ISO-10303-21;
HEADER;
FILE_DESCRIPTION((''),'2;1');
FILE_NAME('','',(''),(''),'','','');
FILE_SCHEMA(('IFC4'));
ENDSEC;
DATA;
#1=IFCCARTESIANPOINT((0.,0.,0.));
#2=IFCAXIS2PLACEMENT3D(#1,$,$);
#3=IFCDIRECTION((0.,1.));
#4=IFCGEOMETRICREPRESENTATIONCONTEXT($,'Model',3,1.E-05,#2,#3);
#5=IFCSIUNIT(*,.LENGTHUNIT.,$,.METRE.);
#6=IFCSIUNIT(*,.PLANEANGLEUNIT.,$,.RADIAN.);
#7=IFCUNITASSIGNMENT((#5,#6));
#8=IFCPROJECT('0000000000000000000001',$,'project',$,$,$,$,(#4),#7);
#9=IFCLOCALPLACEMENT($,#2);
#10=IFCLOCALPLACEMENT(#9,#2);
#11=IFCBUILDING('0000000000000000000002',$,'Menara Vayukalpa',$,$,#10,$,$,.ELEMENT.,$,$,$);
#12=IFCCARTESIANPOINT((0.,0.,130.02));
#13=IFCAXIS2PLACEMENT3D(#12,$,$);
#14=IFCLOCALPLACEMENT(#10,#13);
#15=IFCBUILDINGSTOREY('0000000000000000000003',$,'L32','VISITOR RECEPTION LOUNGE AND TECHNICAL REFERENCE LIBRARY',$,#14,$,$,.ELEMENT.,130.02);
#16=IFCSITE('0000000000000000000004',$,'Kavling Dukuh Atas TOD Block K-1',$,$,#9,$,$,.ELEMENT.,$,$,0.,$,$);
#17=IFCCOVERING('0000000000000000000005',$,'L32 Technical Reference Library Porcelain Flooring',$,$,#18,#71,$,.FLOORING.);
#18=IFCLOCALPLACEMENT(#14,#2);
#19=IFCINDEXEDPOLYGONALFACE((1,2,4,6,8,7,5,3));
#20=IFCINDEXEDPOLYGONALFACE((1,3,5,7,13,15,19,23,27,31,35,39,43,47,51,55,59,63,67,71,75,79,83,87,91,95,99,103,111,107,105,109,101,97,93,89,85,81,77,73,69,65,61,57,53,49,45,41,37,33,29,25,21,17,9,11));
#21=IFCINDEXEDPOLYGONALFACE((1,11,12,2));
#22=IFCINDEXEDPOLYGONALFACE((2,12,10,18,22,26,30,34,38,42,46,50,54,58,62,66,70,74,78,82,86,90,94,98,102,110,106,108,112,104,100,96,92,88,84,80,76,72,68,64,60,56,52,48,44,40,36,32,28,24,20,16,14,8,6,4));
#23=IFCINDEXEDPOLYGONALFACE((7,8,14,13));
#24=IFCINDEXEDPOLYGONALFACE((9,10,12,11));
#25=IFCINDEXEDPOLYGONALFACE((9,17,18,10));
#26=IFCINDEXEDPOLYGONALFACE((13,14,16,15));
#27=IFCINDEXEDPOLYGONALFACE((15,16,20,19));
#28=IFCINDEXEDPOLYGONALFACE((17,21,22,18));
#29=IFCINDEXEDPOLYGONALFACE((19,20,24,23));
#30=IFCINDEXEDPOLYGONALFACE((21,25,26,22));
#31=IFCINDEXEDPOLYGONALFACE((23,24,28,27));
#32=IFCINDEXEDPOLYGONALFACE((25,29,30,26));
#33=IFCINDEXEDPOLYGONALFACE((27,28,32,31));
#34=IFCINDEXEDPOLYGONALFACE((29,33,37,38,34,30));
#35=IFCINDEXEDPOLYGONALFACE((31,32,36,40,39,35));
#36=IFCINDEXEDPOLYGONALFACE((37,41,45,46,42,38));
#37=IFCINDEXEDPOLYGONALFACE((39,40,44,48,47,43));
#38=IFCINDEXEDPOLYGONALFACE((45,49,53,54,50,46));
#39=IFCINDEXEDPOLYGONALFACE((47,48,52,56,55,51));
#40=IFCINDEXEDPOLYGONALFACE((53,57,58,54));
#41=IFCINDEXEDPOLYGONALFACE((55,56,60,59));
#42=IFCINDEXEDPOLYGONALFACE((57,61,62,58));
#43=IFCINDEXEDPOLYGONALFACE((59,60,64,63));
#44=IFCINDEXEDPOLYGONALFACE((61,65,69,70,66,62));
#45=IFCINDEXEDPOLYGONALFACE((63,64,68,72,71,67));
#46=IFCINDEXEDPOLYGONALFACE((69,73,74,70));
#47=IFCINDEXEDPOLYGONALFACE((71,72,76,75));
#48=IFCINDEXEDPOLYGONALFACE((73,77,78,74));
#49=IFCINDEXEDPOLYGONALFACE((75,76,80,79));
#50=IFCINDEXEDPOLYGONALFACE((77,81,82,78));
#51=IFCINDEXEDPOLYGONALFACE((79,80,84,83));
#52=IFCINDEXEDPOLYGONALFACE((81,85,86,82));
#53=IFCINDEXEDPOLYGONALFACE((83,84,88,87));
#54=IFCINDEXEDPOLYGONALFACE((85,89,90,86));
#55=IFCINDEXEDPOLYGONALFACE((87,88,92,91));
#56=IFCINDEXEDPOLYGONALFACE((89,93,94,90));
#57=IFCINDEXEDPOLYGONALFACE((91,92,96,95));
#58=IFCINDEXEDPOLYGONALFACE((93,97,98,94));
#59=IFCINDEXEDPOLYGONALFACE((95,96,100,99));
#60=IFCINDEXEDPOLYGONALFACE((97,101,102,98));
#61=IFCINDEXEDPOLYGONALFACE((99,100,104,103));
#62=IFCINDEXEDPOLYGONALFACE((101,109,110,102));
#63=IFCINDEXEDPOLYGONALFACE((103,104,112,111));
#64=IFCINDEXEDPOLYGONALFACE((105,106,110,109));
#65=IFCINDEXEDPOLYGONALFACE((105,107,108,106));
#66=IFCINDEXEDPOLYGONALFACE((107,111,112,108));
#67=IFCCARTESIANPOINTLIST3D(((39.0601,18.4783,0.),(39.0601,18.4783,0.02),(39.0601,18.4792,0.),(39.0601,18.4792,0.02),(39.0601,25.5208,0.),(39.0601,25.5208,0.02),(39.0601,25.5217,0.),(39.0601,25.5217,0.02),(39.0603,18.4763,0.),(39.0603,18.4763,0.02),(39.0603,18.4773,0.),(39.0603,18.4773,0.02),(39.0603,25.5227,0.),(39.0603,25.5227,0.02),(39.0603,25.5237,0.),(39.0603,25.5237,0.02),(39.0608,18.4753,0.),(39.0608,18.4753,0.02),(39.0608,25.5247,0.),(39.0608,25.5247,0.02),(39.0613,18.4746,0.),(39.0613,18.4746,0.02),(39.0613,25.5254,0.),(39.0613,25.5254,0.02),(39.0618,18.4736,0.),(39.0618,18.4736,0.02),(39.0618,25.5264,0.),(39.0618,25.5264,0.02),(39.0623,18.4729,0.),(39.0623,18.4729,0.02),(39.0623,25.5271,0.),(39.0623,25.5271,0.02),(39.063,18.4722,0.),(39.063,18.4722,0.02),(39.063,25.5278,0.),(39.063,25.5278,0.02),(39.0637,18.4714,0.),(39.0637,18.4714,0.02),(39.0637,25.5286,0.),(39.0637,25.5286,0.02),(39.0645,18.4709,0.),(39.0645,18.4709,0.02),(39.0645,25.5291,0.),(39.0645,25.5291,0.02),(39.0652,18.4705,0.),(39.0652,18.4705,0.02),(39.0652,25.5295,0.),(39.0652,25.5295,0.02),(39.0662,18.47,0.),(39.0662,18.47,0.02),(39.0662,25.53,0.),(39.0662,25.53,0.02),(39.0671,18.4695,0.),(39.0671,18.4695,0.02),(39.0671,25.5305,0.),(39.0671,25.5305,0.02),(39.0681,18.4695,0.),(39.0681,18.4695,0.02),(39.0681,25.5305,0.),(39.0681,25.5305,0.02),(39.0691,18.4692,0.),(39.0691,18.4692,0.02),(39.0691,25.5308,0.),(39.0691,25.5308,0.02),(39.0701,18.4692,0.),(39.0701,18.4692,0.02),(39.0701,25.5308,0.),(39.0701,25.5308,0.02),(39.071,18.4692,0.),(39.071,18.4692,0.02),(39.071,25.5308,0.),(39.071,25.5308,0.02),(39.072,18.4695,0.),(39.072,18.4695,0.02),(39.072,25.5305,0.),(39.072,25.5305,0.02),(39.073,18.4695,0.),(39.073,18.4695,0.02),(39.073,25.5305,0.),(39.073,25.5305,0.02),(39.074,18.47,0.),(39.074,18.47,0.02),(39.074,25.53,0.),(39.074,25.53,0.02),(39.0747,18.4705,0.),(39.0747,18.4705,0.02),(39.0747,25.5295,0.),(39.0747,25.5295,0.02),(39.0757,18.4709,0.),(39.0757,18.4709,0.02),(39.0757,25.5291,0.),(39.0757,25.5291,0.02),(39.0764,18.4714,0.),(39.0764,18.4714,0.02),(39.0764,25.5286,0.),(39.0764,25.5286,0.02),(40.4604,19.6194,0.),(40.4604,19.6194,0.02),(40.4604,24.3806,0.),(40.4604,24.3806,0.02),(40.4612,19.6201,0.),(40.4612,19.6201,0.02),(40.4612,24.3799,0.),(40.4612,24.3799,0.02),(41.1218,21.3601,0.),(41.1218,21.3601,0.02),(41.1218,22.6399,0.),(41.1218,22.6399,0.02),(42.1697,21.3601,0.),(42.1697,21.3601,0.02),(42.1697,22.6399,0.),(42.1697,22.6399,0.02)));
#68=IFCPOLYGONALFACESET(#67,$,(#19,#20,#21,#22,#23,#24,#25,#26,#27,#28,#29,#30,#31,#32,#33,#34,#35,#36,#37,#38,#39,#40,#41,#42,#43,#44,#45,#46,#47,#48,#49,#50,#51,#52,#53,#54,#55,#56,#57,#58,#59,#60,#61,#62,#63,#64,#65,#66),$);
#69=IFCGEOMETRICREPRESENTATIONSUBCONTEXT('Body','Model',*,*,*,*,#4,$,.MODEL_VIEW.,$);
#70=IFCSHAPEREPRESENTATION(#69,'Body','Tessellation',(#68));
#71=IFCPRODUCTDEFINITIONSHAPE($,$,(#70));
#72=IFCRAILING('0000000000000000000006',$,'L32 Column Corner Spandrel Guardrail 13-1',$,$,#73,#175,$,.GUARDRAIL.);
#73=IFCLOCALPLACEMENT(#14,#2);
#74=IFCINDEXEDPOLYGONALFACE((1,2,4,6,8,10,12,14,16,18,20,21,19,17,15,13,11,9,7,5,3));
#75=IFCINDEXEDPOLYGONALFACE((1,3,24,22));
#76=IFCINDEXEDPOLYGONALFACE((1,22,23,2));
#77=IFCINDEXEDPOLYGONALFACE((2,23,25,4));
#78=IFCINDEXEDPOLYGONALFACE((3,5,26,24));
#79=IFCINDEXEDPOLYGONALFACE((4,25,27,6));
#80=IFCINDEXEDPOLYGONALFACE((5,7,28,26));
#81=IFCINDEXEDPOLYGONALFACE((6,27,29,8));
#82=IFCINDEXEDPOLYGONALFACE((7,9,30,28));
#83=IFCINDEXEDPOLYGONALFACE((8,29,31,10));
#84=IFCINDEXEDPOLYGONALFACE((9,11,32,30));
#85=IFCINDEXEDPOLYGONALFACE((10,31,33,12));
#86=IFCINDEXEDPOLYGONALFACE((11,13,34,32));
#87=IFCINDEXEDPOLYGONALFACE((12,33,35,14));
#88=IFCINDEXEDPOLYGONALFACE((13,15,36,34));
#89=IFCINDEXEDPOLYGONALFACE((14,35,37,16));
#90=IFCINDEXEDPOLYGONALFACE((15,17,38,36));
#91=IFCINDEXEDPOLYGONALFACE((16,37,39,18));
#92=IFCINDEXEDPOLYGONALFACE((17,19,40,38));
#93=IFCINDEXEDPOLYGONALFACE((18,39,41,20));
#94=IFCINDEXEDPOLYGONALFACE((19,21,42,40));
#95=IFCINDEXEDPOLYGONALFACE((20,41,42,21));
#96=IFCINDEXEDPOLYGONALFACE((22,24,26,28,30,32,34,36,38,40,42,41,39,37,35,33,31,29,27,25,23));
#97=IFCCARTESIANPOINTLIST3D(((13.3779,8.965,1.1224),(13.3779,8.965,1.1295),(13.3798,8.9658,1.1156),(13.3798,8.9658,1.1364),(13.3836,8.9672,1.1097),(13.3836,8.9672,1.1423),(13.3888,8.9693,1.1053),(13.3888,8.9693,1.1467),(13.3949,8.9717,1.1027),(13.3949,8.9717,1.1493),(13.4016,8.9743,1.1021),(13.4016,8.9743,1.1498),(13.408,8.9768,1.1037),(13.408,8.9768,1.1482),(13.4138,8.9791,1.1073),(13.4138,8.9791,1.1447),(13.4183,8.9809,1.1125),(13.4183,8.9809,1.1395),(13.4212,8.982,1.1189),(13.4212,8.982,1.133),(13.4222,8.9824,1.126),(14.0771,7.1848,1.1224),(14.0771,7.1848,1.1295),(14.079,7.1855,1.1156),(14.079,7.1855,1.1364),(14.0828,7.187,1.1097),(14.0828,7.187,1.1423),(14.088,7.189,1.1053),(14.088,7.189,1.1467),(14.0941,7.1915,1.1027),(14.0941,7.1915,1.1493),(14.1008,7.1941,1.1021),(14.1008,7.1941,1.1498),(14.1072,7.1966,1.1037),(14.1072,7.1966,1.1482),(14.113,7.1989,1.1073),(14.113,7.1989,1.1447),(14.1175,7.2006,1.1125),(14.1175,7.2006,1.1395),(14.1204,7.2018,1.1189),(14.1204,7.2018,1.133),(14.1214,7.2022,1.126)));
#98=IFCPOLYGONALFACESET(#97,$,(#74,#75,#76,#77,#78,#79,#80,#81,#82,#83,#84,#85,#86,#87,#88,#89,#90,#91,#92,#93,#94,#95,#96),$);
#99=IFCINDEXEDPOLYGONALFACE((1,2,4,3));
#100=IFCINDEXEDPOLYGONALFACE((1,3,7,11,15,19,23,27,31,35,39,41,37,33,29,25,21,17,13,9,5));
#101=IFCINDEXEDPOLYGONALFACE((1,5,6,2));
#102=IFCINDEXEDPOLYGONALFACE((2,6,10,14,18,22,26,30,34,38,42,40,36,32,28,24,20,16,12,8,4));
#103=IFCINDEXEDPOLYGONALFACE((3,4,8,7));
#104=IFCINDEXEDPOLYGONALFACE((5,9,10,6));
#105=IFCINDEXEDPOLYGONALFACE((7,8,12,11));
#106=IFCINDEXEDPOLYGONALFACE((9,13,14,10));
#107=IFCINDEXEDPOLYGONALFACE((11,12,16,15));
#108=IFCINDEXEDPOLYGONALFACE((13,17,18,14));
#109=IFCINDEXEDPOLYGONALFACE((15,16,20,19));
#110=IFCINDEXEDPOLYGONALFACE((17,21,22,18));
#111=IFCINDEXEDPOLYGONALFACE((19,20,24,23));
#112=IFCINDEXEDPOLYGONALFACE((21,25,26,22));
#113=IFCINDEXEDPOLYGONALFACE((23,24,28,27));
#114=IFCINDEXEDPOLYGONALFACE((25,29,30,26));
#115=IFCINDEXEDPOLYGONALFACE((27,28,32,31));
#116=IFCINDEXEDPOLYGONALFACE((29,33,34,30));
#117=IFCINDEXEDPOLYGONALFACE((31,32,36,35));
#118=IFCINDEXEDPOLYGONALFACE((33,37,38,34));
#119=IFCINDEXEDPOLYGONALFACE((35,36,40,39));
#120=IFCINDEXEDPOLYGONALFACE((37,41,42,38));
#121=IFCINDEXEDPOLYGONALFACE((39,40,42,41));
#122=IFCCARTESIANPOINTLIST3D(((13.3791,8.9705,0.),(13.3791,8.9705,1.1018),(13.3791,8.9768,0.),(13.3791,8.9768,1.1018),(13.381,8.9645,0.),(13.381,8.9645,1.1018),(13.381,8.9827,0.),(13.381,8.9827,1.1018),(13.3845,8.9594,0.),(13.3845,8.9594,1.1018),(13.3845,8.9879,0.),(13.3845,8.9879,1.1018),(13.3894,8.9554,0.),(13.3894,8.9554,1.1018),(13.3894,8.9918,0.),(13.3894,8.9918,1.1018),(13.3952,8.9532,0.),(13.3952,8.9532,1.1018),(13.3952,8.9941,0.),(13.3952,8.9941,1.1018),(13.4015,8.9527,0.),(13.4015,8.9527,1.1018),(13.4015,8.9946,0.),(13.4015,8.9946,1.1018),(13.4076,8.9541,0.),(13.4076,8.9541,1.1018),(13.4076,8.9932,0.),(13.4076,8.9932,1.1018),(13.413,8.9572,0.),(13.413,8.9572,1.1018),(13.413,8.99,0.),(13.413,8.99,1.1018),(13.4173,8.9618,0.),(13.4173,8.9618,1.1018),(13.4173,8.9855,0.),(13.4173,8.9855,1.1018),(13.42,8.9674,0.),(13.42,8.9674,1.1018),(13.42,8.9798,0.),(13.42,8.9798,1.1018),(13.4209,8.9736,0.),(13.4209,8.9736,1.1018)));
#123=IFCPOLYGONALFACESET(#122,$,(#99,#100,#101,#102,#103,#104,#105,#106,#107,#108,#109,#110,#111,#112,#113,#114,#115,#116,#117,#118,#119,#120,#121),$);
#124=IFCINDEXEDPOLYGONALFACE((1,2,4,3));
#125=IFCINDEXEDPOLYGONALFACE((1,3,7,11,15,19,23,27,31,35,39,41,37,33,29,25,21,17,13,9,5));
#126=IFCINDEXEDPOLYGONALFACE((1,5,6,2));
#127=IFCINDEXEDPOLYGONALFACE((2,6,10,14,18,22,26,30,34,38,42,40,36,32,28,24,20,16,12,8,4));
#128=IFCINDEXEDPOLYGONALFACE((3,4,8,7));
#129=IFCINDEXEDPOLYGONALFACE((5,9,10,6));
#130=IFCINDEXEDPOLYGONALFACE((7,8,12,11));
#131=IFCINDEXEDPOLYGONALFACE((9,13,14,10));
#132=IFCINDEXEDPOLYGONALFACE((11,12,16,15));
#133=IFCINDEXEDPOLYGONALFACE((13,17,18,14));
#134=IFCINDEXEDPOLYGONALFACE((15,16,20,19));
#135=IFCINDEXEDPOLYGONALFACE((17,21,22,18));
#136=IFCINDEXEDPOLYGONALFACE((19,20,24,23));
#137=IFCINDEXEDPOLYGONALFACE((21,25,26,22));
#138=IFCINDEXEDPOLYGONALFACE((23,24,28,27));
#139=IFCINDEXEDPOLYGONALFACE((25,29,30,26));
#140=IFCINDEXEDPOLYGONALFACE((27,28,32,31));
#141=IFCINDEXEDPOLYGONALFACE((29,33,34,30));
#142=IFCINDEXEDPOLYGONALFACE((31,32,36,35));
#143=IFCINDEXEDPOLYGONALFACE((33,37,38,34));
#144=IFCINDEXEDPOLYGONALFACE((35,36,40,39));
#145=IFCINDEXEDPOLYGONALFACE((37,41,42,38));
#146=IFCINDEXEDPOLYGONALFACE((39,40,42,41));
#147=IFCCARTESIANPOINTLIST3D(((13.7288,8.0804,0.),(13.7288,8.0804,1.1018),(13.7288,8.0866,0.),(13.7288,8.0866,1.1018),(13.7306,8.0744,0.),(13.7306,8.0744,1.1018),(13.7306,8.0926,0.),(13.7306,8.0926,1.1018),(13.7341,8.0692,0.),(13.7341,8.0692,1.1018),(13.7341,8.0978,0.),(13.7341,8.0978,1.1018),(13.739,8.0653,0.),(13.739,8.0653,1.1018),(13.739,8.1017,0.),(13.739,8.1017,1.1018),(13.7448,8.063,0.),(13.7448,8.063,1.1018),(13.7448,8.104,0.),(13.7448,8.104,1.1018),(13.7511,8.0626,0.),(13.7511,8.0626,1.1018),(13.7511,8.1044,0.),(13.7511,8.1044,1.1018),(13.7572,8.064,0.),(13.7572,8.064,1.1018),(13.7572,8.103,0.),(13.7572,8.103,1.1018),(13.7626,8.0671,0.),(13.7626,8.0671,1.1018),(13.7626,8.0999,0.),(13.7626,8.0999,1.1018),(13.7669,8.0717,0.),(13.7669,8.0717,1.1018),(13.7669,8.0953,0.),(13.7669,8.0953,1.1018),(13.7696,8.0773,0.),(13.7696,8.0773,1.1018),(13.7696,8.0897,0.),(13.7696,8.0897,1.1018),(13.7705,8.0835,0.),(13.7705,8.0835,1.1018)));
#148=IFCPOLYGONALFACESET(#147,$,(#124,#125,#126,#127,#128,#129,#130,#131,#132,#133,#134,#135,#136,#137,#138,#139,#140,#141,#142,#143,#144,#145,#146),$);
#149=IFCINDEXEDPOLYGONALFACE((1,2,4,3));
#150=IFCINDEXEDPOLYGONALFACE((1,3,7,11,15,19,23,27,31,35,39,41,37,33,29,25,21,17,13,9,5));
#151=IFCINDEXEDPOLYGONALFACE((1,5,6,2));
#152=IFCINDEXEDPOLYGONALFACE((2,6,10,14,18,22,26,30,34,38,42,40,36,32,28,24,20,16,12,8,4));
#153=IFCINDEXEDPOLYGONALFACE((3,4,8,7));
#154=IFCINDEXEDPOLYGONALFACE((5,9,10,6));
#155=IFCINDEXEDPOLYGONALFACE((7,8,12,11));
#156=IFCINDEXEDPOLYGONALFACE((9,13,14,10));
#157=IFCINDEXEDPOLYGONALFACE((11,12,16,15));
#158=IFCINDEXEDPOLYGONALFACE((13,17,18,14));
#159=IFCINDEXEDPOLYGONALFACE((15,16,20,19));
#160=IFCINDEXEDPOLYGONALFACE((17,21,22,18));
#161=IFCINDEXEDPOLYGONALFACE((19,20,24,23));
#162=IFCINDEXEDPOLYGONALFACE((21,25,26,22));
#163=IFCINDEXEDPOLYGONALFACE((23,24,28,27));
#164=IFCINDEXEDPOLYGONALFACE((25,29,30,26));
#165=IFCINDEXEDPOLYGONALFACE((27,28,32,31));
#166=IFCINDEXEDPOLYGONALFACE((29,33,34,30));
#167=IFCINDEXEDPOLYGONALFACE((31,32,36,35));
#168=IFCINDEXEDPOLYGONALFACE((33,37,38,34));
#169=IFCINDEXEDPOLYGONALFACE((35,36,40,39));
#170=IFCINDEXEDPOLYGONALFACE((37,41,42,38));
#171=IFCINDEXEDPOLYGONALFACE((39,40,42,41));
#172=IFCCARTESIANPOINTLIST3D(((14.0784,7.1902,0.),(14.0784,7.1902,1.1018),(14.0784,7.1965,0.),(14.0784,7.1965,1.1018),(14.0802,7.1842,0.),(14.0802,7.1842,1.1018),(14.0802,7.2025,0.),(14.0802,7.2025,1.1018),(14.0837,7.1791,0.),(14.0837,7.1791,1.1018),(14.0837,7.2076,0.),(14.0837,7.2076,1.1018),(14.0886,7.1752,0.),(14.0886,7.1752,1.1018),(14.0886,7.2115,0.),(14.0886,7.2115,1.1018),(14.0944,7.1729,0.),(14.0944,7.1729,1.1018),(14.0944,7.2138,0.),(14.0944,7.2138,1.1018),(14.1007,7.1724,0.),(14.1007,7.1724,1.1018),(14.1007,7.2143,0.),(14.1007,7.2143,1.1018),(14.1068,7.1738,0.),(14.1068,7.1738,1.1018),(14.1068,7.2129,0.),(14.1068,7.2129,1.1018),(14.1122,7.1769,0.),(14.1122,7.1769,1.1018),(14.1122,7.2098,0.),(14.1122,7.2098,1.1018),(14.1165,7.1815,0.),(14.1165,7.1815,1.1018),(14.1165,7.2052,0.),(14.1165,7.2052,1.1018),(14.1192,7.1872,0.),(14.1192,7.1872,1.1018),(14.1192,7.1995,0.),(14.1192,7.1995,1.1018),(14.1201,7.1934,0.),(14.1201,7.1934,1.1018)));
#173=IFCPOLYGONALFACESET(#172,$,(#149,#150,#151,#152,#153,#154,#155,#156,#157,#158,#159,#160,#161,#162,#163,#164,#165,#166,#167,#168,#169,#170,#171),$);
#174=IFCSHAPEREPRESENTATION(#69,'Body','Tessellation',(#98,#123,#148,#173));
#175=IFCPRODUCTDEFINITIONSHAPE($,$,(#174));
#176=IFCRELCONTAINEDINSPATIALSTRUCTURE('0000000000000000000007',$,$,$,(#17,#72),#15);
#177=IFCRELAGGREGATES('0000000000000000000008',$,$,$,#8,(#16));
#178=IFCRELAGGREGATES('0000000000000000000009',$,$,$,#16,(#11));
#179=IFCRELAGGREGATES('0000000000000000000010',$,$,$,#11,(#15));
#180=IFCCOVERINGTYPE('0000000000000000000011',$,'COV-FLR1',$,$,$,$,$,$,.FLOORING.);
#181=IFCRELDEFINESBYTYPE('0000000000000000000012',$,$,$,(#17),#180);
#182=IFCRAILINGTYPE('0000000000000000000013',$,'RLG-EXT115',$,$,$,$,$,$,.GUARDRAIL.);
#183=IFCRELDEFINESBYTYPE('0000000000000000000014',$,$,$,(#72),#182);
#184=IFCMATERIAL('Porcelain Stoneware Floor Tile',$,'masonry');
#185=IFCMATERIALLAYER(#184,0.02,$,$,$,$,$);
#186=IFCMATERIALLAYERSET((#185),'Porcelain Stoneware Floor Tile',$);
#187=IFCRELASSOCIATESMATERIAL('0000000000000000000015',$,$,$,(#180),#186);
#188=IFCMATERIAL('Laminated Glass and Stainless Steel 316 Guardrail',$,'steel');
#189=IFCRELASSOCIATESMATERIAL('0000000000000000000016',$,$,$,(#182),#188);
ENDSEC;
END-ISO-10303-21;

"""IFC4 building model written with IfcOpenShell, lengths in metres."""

from ifc_helpers import new_model, si_unit, direction, frame, origin, origin_2d, place, context, subcontext, project, spatial, polyline, circle, outline, extrude, material, layer, layer_set, type_object, element, save


model = new_model("IFC4")

# Units and contexts
model_context = context("Model", 3, precision=1e-05, world=origin(), true_north=direction((0.0, 1.0)))
body_context = subcontext(model_context, "Body", "Model", "MODEL_VIEW")
ifc_project = project(units=[si_unit("LENGTHUNIT", "METRE"), si_unit("PLANEANGLEUNIT", "RADIAN")], contexts=[model_context])

# Site, building, storey
site_placement = place(None, origin())
site = spatial("IfcSite", under=ifc_project, at=site_placement, Name="Kavling Dukuh Atas TOD Block K-1", CompositionType="ELEMENT", RefElevation=0.0)
building_placement = place(site_placement, origin())
building = spatial("IfcBuilding", under=site, at=building_placement, Name="Menara Vayukalpa", CompositionType="ELEMENT")
storey_placement = place(building_placement, frame((0.0, 0.0, 130.02)))
storey = spatial("IfcBuildingStorey", under=building, at=storey_placement, Name="L32", Description="VISITOR RECEPTION LOUNGE AND TECHNICAL REFERENCE LIBRARY", CompositionType="ELEMENT", Elevation=130.02)

# Covering
ifc_material_1 = material(Name="Porcelain Stoneware Floor Tile", Category="masonry")
ifc_layer_1 = layer(ifc_material_1, 0.02)
ifc_layer_set_1 = layer_set([ifc_layer_1], Name="Porcelain Stoneware Floor Tile")
covering_type_1 = type_object("IfcCoveringType", Name="COV-FLR1", PredefinedType="FLOORING", material=ifc_layer_set_1)
covering_1_placement = place(storey_placement, origin())
element("IfcCovering", 1, at=covering_1_placement, inside=storey, type_object=covering_type_1, Name="L32 Technical Reference Library Porcelain Flooring", PredefinedType="FLOORING", context=body_context, shape_type="SweptSolid", body=[
    extrude(outline(polyline([(42.1697, 22.6399), (41.1218, 22.6399), (41.1218, 21.3601), (42.1697, 21.3601), (40.4612, 19.6201), (40.4604, 19.6194), (39.0764, 18.4714), (39.0757, 18.4709), (39.0747, 18.4705), (39.074, 18.47), (39.073, 18.4695), (39.072, 18.4695), (39.071, 18.4692), (39.0701, 18.4692), (39.0691, 18.4692), (39.0681, 18.4695), (39.0671, 18.4695), (39.0662, 18.47), (39.0652, 18.4705), (39.0645, 18.4709), (39.0637, 18.4714), (39.063, 18.4722), (39.0623, 18.4729), (39.0618, 18.4736), (39.0613, 18.4746), (39.0608, 18.4753), (39.0603, 18.4763), (39.0603, 18.4773), (39.0601, 18.4783), (39.0601, 18.4792), (39.0601, 25.5208), (39.0601, 25.5217), (39.0603, 25.5227), (39.0603, 25.5237), (39.0608, 25.5247), (39.0613, 25.5254), (39.0618, 25.5264), (39.0623, 25.5271), (39.063, 25.5278), (39.0637, 25.5286), (39.0645, 25.5291), (39.0652, 25.5295), (39.0662, 25.53), (39.0671, 25.5305), (39.0681, 25.5305), (39.0691, 25.5308), (39.0701, 25.5308), (39.071, 25.5308), (39.072, 25.5305), (39.073, 25.5305), (39.074, 25.53), (39.0747, 25.5295), (39.0757, 25.5291), (39.0764, 25.5286), (40.4604, 24.3806), (40.4612, 24.3799), (42.1697, 22.6399)])), origin(), (0.0, 0.0, 1.0), 0.02),
])

# Railing
ifc_material_2 = material(Name="Laminated Glass and Stainless Steel 316 Guardrail", Category="steel")
railing_type = type_object("IfcRailingType", Name="RLG-EXT115", PredefinedType="GUARDRAIL", material=ifc_material_2)
railing_1_placement = place(storey_placement, frame((13.3999, 8.9736, 0.0)))
element("IfcRailing", 2, at=railing_1_placement, inside=storey, type_object=railing_type, Name="L32 Column Corner Spandrel Guardrail 13-1", PredefinedType="GUARDRAIL", context=body_context, shape_type="SweptSolid", body=[
    extrude(circle(Radius=0.0239, at=origin_2d()), frame((0.0, 0.0, 1.126), z_axis=(0.365573, -0.930783, 0.0), x_axis=(0.930783, 0.365573, 0.0)), (0.0, 0.0, 1.0), 1.9126),
    extrude(circle(Radius=0.021, at=origin_2d()), origin(), (0.0, 0.0, 1.0), 1.1018),
    extrude(circle(Radius=0.021, at=origin_2d()), frame((0.3496, -0.8901, 0.0)), (0.0, 0.0, 1.0), 1.1018),
    extrude(circle(Radius=0.021, at=origin_2d()), frame((0.6992, -1.7803, 0.0)), (0.0, 0.0, 1.0), 1.1018),
])

save(model, "model.ifc")
